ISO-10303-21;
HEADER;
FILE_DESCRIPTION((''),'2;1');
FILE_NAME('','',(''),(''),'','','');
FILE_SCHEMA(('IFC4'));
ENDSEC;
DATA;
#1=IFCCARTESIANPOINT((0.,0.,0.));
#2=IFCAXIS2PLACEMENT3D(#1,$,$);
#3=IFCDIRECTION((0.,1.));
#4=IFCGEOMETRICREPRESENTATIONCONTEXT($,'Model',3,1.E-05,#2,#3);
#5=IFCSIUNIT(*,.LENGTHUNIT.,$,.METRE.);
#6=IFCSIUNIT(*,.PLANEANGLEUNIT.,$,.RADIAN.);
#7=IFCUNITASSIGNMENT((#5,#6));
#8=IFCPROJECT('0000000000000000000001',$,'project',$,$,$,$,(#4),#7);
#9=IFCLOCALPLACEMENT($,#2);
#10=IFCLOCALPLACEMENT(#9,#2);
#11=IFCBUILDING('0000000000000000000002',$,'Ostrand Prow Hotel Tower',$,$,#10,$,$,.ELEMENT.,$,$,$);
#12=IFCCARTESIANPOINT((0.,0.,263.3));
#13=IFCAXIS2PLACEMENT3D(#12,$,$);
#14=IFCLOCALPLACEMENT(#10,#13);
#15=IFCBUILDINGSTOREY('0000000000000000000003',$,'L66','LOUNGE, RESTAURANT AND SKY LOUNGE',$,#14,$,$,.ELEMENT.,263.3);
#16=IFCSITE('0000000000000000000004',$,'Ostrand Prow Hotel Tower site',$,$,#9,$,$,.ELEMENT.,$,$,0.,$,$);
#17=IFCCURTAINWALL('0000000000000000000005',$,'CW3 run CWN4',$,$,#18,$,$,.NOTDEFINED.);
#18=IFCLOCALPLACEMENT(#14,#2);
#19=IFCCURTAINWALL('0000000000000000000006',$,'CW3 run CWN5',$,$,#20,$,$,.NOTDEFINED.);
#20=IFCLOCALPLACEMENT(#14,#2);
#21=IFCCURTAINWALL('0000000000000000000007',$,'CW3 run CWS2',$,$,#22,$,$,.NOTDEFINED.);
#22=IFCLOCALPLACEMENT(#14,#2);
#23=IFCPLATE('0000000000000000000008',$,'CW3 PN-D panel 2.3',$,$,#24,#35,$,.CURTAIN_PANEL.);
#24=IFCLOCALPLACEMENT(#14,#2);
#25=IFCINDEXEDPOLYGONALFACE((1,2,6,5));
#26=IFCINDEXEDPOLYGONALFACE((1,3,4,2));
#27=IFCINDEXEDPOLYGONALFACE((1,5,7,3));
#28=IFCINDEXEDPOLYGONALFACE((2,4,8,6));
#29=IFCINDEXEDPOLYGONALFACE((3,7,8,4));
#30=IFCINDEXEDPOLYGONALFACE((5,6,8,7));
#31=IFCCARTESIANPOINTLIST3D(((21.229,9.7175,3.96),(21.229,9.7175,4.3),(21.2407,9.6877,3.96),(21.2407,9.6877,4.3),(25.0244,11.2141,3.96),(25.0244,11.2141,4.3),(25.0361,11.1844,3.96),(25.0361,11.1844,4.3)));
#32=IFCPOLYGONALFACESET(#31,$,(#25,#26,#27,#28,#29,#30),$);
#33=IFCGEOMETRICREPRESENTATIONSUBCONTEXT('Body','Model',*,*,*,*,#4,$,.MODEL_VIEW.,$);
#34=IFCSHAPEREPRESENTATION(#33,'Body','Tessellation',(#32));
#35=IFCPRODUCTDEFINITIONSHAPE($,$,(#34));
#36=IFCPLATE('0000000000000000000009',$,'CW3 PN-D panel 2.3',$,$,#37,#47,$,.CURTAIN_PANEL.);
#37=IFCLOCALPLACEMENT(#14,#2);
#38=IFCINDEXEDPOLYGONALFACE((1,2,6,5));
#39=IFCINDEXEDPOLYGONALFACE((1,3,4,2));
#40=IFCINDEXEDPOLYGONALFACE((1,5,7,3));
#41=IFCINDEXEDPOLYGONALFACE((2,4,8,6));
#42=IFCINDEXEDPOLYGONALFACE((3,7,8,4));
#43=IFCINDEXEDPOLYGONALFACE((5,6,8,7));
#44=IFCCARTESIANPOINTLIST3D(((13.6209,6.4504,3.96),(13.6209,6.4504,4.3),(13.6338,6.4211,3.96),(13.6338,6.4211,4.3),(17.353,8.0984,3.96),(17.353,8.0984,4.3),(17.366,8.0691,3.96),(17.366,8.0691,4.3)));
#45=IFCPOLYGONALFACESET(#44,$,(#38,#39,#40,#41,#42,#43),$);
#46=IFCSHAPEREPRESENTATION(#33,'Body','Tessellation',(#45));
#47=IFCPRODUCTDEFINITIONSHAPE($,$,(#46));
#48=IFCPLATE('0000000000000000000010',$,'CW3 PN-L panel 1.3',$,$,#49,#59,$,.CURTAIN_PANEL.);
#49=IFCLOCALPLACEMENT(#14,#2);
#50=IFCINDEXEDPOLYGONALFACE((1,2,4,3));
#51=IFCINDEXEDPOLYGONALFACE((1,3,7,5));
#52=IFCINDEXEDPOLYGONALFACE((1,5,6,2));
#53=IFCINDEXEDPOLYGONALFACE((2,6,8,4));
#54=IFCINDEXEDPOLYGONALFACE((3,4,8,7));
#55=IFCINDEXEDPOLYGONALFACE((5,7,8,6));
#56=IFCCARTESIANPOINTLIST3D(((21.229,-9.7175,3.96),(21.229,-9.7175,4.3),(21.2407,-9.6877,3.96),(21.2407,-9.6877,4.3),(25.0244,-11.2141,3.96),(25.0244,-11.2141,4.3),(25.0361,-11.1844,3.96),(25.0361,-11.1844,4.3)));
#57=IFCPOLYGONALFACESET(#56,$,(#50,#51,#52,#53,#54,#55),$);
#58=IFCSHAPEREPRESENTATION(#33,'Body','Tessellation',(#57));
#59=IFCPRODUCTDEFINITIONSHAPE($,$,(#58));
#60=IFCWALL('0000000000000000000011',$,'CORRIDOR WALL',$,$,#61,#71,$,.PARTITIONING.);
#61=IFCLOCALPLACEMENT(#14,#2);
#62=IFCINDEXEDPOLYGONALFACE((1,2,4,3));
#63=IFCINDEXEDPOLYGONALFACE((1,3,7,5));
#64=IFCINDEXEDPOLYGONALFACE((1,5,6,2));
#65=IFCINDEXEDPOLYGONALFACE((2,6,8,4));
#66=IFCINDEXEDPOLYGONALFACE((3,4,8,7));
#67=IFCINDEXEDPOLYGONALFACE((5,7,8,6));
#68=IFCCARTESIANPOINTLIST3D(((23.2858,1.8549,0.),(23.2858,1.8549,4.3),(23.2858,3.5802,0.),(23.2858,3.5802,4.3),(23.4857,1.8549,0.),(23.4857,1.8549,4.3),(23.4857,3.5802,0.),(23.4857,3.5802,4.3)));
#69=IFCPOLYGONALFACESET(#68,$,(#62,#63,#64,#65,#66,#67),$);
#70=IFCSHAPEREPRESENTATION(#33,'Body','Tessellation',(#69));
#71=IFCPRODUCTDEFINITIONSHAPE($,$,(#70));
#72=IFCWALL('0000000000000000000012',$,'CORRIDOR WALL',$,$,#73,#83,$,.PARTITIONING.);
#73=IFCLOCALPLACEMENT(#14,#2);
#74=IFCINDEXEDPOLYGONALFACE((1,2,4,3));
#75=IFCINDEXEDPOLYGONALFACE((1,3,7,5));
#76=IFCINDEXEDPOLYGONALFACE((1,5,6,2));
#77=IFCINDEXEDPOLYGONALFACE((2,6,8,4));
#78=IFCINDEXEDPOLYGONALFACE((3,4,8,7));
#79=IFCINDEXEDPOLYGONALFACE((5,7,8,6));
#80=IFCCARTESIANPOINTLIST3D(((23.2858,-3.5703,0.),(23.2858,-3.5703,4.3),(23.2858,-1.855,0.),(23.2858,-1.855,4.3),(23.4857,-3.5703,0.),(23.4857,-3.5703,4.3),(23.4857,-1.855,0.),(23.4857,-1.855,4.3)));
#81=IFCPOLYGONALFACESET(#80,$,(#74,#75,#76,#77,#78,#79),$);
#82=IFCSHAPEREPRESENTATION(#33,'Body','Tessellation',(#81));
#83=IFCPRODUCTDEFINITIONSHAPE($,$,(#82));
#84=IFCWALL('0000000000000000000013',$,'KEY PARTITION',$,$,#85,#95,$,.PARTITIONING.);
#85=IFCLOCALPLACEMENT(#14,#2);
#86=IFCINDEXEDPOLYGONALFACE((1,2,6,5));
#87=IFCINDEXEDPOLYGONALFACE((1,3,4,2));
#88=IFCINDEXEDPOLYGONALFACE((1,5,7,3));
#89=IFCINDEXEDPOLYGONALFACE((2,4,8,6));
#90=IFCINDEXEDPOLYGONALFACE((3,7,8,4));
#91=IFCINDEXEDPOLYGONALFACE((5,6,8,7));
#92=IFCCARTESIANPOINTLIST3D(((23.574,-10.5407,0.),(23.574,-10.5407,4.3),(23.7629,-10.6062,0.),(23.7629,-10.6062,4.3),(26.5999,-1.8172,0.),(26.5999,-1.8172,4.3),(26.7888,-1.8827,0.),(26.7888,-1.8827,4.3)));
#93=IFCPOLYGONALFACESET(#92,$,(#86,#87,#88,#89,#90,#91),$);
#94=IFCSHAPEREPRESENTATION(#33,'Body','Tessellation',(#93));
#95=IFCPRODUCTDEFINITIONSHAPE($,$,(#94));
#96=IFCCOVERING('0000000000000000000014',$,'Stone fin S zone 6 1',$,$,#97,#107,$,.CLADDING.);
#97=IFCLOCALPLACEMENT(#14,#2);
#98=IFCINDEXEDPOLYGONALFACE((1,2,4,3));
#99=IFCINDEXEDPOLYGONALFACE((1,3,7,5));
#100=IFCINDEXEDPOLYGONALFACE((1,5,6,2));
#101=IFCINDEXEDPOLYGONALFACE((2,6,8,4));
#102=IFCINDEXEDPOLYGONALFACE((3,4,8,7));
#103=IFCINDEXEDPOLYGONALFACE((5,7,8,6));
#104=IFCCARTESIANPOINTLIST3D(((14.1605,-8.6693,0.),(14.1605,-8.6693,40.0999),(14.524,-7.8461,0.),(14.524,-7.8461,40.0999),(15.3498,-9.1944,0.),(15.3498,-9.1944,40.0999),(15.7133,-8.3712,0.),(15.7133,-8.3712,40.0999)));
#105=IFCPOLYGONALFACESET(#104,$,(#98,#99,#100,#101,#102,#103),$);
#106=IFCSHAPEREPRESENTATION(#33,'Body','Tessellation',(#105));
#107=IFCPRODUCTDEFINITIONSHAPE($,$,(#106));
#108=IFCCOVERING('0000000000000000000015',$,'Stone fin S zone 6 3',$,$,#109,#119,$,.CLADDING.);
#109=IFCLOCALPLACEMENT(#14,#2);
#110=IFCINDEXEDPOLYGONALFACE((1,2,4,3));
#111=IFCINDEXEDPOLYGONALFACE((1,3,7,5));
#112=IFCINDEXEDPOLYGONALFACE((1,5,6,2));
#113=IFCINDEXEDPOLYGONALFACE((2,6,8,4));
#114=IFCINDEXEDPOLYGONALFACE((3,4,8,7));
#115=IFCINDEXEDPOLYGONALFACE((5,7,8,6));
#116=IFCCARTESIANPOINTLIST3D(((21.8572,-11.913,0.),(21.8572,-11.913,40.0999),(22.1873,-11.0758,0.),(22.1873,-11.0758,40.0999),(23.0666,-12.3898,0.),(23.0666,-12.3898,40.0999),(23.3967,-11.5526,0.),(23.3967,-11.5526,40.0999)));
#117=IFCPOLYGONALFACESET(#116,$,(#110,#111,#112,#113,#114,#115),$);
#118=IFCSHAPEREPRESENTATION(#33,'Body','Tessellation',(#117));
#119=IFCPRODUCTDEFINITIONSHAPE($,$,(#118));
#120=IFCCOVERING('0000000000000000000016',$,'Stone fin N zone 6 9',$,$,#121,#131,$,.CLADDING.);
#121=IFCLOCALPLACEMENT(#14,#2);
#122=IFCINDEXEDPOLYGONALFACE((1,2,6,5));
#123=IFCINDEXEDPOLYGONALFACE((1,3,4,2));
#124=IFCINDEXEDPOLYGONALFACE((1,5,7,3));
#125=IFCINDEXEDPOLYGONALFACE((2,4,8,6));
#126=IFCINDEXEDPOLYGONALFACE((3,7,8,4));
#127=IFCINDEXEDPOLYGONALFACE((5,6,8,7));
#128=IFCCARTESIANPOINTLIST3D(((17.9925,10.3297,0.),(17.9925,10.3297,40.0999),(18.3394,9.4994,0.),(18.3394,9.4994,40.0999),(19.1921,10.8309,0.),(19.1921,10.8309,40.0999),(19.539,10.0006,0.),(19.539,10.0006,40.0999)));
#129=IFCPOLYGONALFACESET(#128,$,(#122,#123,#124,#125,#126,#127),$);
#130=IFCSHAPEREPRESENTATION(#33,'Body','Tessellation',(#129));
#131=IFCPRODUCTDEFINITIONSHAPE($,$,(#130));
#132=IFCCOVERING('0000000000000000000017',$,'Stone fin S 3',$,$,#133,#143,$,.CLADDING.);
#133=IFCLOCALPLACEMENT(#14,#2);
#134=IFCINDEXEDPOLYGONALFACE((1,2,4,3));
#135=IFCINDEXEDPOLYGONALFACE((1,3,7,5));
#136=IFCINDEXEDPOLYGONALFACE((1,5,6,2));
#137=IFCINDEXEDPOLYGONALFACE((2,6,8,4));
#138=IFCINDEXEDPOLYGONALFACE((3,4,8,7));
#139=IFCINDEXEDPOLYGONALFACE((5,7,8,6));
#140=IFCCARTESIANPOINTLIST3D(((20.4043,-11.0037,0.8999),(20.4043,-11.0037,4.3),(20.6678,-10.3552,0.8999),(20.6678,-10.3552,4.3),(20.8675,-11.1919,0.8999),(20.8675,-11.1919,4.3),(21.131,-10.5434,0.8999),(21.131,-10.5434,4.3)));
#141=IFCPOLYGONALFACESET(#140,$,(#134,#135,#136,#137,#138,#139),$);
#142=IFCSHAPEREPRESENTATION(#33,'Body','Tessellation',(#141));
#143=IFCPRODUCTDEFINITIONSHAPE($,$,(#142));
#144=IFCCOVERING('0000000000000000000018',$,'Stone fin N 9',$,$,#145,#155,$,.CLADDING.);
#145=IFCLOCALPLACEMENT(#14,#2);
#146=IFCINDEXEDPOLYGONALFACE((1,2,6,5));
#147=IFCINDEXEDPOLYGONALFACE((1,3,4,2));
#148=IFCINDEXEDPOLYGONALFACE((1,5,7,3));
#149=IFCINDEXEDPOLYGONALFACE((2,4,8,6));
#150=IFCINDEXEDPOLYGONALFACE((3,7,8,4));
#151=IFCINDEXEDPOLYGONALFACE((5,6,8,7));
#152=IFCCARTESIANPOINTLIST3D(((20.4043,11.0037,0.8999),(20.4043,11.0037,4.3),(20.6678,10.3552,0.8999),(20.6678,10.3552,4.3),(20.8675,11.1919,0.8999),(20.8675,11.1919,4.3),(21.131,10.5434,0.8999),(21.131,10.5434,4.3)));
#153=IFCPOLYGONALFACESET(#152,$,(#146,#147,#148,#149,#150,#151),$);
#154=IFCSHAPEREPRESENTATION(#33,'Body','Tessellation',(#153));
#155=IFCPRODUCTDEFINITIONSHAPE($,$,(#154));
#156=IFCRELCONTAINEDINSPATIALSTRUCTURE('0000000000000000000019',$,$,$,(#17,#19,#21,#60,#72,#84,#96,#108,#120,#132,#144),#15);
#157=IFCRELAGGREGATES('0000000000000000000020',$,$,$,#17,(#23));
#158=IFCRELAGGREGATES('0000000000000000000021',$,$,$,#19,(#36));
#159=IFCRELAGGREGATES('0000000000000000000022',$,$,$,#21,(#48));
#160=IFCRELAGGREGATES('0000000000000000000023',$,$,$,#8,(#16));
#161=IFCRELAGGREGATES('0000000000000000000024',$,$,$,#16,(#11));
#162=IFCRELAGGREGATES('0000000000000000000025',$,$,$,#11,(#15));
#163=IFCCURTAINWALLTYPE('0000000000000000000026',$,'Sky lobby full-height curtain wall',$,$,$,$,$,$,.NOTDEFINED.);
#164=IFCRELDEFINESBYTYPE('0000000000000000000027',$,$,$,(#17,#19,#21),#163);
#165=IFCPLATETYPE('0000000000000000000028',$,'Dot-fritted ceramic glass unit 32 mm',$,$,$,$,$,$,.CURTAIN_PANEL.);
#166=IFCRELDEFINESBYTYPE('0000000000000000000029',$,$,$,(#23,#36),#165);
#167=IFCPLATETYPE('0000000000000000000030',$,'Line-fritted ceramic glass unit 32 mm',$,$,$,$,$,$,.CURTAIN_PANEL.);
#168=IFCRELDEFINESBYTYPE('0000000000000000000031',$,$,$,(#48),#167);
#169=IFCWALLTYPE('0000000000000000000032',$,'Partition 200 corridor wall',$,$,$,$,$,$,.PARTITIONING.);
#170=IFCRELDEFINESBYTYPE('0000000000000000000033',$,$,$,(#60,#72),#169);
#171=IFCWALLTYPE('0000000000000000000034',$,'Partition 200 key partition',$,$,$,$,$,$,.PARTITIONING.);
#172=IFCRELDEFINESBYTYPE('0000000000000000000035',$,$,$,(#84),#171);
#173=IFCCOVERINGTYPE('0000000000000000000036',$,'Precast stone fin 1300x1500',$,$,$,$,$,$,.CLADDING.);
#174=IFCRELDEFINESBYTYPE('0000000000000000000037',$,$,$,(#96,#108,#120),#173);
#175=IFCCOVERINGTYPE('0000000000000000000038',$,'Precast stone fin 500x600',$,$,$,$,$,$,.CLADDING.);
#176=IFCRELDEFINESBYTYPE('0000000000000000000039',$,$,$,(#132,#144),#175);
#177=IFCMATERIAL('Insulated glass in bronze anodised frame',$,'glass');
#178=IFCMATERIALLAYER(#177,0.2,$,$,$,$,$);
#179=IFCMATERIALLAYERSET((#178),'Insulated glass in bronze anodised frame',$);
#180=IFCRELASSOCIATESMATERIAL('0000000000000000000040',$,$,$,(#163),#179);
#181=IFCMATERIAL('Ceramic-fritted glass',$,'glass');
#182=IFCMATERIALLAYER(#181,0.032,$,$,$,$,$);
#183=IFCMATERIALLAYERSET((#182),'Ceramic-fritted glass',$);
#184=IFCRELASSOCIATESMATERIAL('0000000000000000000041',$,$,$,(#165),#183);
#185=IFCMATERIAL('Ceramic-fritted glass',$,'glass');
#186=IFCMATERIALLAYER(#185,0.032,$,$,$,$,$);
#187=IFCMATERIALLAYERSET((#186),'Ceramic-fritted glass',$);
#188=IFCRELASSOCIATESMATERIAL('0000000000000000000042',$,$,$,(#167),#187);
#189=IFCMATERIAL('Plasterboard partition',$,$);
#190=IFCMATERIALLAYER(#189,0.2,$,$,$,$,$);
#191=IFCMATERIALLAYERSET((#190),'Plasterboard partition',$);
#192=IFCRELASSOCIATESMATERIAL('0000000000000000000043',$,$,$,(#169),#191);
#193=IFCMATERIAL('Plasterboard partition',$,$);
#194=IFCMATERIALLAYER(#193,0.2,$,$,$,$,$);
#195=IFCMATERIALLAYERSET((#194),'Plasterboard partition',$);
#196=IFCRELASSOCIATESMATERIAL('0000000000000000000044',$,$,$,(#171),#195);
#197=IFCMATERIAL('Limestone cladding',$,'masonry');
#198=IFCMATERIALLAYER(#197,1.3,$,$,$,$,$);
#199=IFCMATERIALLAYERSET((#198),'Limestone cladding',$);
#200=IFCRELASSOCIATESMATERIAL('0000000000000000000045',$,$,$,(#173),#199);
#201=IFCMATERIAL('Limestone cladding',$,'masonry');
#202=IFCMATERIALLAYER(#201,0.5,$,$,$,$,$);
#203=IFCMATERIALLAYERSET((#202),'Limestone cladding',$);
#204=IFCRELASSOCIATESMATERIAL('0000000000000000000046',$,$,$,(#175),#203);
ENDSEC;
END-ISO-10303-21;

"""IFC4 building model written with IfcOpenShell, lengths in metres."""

from ifc_helpers import new_model, si_unit, direction, frame, frame_2d, origin, origin_2d, place, context, subcontext, project, spatial, rectangle, extrude, material, layer, layer_set, type_object, element, aggregate, save


model = new_model("IFC4")

# Units and contexts
model_context = context("Model", 3, precision=1e-05, world=origin(), true_north=direction((0.0, 1.0)))
body_context = subcontext(model_context, "Body", "Model", "MODEL_VIEW")
ifc_project = project(units=[si_unit("LENGTHUNIT", "METRE"), si_unit("PLANEANGLEUNIT", "RADIAN")], contexts=[model_context])

# Site, building, storey
site_placement = place(None, origin())
site = spatial("IfcSite", under=ifc_project, at=site_placement, Name="Ostrand Prow Hotel Tower site", CompositionType="ELEMENT", RefElevation=0.0)
building_placement = place(site_placement, origin())
building = spatial("IfcBuilding", under=site, at=building_placement, Name="Ostrand Prow Hotel Tower", CompositionType="ELEMENT")
storey_placement = place(building_placement, frame((0.0, 0.0, 263.3)))
storey = spatial("IfcBuildingStorey", under=building, at=storey_placement, Name="L66", Description="LOUNGE, RESTAURANT AND SKY LOUNGE", CompositionType="ELEMENT", Elevation=263.3)

# Shared definitions
ifc_material_1 = material(Name="Insulated glass in bronze anodised frame", Category="glass")
ifc_layer_1 = layer(ifc_material_1, 0.2)
ifc_layer_set_1 = layer_set([ifc_layer_1], Name="Insulated glass in bronze anodised frame")
curtain_wall_type = type_object("IfcCurtainWallType", Name="Sky lobby full-height curtain wall", PredefinedType="NOTDEFINED", material=ifc_layer_set_1)

# Curtain walls
curtain_wall_1_placement = place(storey_placement, origin())
curtain_wall_1 = element("IfcCurtainWall", 1, at=curtain_wall_1_placement, inside=storey, type_object=curtain_wall_type, Name="CW3 run CWN4", PredefinedType="NOTDEFINED")
curtain_wall_2_placement = place(storey_placement, origin())
curtain_wall_2 = element("IfcCurtainWall", 2, at=curtain_wall_2_placement, inside=storey, type_object=curtain_wall_type, Name="CW3 run CWN5", PredefinedType="NOTDEFINED")

# Curtain wall
curtain_wall_3_placement = place(storey_placement, origin())
curtain_wall_3 = element("IfcCurtainWall", 3, at=curtain_wall_3_placement, inside=storey, type_object=curtain_wall_type, Name="CW3 run CWS2", PredefinedType="NOTDEFINED")

# Plates
ifc_material_2 = material(Name="Ceramic-fritted glass", Category="glass")
ifc_layer_2 = layer(ifc_material_2, 0.032)
ifc_layer_set_2 = layer_set([ifc_layer_2], Name="Ceramic-fritted glass")
plate_type_1 = type_object("IfcPlateType", Name="Dot-fritted ceramic glass unit 32 mm", PredefinedType="CURTAIN_PANEL", material=ifc_layer_set_2)
plate_1_placement = place(storey_placement, frame((23.1326, 10.4509, 3.96), z_axis=(0.0, 0.0, 1.0), x_axis=(-0.930282, -0.366845, 0.0)))
plate_1 = element("IfcPlate", 4, at=plate_1_placement, type_object=plate_type_1, Name="CW3 PN-D panel 2.3", PredefinedType="CURTAIN_PANEL", context=body_context, shape_type="SweptSolid", body=[
    extrude(rectangle(XDim=4.0798, YDim=0.032, at=origin_2d()), origin(), (0.0, 0.0, 1.0), 0.3401),
])
aggregate(curtain_wall_1, [plate_1])
plate_2_placement = place(storey_placement, frame((15.4934, 7.2598, 3.96), z_axis=(0.0, 0.0, 1.0), x_axis=(-0.914786, -0.40394, 0.0)))
plate_2 = element("IfcPlate", 5, at=plate_2_placement, type_object=plate_type_1, Name="CW3 PN-D panel 2.3", PredefinedType="CURTAIN_PANEL", context=body_context, shape_type="SweptSolid", body=[
    extrude(rectangle(XDim=4.0798, YDim=0.032, at=origin_2d()), origin(), (0.0, 0.0, 1.0), 0.3401),
])
aggregate(curtain_wall_2, [plate_2])
ifc_material_3 = material(Name="Ceramic-fritted glass", Category="glass")
ifc_layer_3 = layer(ifc_material_3, 0.032)
ifc_layer_set_3 = layer_set([ifc_layer_3], Name="Ceramic-fritted glass")
plate_type_2 = type_object("IfcPlateType", Name="Line-fritted ceramic glass unit 32 mm", PredefinedType="CURTAIN_PANEL", material=ifc_layer_set_3)
plate_3_placement = place(storey_placement, frame((23.1326, -10.4509, 3.96), z_axis=(0.0, 0.0, 1.0), x_axis=(0.930282, -0.366845, 0.0)))
plate_3 = element("IfcPlate", 6, at=plate_3_placement, type_object=plate_type_2, Name="CW3 PN-L panel 1.3", PredefinedType="CURTAIN_PANEL", context=body_context, shape_type="SweptSolid", body=[
    extrude(rectangle(XDim=4.0798, YDim=0.032, at=origin_2d()), origin(), (0.0, 0.0, 1.0), 0.3401),
])
aggregate(curtain_wall_3, [plate_3])

# Walls
ifc_material_4 = material(Name="Plasterboard partition")
ifc_layer_4 = layer(ifc_material_4, 0.2)
ifc_layer_set_4 = layer_set([ifc_layer_4], Name="Plasterboard partition")
wall_type_1 = type_object("IfcWallType", Name="Partition 200 corridor wall", PredefinedType="PARTITIONING", material=ifc_layer_set_4)
wall_1_placement = place(storey_placement, frame((23.3857, 3.5803, 0.0), z_axis=(0.0, 0.0, 1.0), x_axis=(0.0, -1.0, 0.0)))
element("IfcWall", 7, at=wall_1_placement, inside=storey, type_object=wall_type_1, Name="CORRIDOR WALL", PredefinedType="PARTITIONING", context=body_context, shape_type="SweptSolid", body=[
    extrude(rectangle(XDim=1.7253, YDim=0.2, at=frame_2d((0.8628, 0.0))), origin(), (0.0, 0.0, 1.0), 4.3),
])
wall_2_placement = place(storey_placement, frame((23.3857, -1.855, 0.0), z_axis=(0.0, 0.0, 1.0), x_axis=(0.0, -1.0, 0.0)))
element("IfcWall", 8, at=wall_2_placement, inside=storey, type_object=wall_type_1, Name="CORRIDOR WALL", PredefinedType="PARTITIONING", context=body_context, shape_type="SweptSolid", body=[
    extrude(rectangle(XDim=1.7153, YDim=0.2, at=frame_2d((0.8577, 0.0))), origin(), (0.0, 0.0, 1.0), 4.3),
])
ifc_material_5 = material(Name="Plasterboard partition")
ifc_layer_5 = layer(ifc_material_5, 0.2)
ifc_layer_set_5 = layer_set([ifc_layer_5], Name="Plasterboard partition")
wall_type_2 = type_object("IfcWallType", Name="Partition 200 key partition", PredefinedType="PARTITIONING", material=ifc_layer_set_5)
wall_3_placement = place(storey_placement, frame((23.6685, -10.5735, 0.0), z_axis=(0.0, 0.0, 1.0), x_axis=(0.327714, 0.944777, 0.0)))
element("IfcWall", 9, at=wall_3_placement, inside=storey, type_object=wall_type_2, Name="KEY PARTITION", PredefinedType="PARTITIONING", context=body_context, shape_type="SweptSolid", body=[
    extrude(rectangle(XDim=9.2334, YDim=0.2, at=frame_2d((4.6167, 0.0))), origin(), (0.0, 0.0, 1.0), 4.3),
])

# Coverings
ifc_material_6 = material(Name="Limestone cladding", Category="masonry")
ifc_layer_6 = layer(ifc_material_6, 1.3)
ifc_layer_set_6 = layer_set([ifc_layer_6], Name="Limestone cladding")
covering_type_1 = type_object("IfcCoveringType", Name="Precast stone fin 1300x1500", PredefinedType="CLADDING", material=ifc_layer_set_6)
for number, where, z_axis, x_axis, name in (
    (10, (15.1187, -8.1086, 0.0), (0.0, 0.0, 1.0), (-0.403947, -0.914782, 0.0), "Stone fin S zone 6 1"),
    (11, (22.792, -11.3142, 0.0), (0.0, 0.0, 1.0), (-0.366802, -0.930299, 0.0), "Stone fin S zone 6 3"),
    (12, (18.9392, 9.75, 0.0), (0.0, 0.0, 1.0), (-0.385521, 0.922699, 0.0), "Stone fin N zone 6 9"),
):
    element("IfcCovering", number, at=place(storey_placement, frame(where, z_axis=z_axis, x_axis=x_axis)), inside=storey, type_object=covering_type_1, Name=name, PredefinedType="CLADDING", context=body_context, shape_type="SweptSolid", body=[
        extrude(rectangle(XDim=0.8999, YDim=1.3, at=frame_2d((0.45, 0.0))), origin(), (0.0, 0.0, 1.0), 40.0999),
    ])
ifc_material_7 = material(Name="Limestone cladding", Category="masonry")
ifc_layer_7 = layer(ifc_material_7, 0.5)
ifc_layer_set_7 = layer_set([ifc_layer_7], Name="Limestone cladding")
covering_type_2 = type_object("IfcCoveringType", Name="Precast stone fin 500x600", PredefinedType="CLADDING", material=ifc_layer_set_7)
for number, where, z_axis, x_axis, name in (
    (13, (20.8994, -10.4492, 0.8999), (0.0, 0.0, 1.0), (-0.376377, -0.926467, 0.0), "Stone fin S 3"),
    (14, (20.8994, 10.4492, 0.8999), (0.0, 0.0, 1.0), (-0.376377, 0.926467, 0.0), "Stone fin N 9"),
):
    element("IfcCovering", number, at=place(storey_placement, frame(where, z_axis=z_axis, x_axis=x_axis)), inside=storey, type_object=covering_type_2, Name=name, PredefinedType="CLADDING", context=body_context, shape_type="SweptSolid", body=[
        extrude(rectangle(XDim=0.7, YDim=0.5, at=frame_2d((0.3501, 0.0))), origin(), (0.0, 0.0, 1.0), 3.4001),
    ])

save(model, "model.ifc")
